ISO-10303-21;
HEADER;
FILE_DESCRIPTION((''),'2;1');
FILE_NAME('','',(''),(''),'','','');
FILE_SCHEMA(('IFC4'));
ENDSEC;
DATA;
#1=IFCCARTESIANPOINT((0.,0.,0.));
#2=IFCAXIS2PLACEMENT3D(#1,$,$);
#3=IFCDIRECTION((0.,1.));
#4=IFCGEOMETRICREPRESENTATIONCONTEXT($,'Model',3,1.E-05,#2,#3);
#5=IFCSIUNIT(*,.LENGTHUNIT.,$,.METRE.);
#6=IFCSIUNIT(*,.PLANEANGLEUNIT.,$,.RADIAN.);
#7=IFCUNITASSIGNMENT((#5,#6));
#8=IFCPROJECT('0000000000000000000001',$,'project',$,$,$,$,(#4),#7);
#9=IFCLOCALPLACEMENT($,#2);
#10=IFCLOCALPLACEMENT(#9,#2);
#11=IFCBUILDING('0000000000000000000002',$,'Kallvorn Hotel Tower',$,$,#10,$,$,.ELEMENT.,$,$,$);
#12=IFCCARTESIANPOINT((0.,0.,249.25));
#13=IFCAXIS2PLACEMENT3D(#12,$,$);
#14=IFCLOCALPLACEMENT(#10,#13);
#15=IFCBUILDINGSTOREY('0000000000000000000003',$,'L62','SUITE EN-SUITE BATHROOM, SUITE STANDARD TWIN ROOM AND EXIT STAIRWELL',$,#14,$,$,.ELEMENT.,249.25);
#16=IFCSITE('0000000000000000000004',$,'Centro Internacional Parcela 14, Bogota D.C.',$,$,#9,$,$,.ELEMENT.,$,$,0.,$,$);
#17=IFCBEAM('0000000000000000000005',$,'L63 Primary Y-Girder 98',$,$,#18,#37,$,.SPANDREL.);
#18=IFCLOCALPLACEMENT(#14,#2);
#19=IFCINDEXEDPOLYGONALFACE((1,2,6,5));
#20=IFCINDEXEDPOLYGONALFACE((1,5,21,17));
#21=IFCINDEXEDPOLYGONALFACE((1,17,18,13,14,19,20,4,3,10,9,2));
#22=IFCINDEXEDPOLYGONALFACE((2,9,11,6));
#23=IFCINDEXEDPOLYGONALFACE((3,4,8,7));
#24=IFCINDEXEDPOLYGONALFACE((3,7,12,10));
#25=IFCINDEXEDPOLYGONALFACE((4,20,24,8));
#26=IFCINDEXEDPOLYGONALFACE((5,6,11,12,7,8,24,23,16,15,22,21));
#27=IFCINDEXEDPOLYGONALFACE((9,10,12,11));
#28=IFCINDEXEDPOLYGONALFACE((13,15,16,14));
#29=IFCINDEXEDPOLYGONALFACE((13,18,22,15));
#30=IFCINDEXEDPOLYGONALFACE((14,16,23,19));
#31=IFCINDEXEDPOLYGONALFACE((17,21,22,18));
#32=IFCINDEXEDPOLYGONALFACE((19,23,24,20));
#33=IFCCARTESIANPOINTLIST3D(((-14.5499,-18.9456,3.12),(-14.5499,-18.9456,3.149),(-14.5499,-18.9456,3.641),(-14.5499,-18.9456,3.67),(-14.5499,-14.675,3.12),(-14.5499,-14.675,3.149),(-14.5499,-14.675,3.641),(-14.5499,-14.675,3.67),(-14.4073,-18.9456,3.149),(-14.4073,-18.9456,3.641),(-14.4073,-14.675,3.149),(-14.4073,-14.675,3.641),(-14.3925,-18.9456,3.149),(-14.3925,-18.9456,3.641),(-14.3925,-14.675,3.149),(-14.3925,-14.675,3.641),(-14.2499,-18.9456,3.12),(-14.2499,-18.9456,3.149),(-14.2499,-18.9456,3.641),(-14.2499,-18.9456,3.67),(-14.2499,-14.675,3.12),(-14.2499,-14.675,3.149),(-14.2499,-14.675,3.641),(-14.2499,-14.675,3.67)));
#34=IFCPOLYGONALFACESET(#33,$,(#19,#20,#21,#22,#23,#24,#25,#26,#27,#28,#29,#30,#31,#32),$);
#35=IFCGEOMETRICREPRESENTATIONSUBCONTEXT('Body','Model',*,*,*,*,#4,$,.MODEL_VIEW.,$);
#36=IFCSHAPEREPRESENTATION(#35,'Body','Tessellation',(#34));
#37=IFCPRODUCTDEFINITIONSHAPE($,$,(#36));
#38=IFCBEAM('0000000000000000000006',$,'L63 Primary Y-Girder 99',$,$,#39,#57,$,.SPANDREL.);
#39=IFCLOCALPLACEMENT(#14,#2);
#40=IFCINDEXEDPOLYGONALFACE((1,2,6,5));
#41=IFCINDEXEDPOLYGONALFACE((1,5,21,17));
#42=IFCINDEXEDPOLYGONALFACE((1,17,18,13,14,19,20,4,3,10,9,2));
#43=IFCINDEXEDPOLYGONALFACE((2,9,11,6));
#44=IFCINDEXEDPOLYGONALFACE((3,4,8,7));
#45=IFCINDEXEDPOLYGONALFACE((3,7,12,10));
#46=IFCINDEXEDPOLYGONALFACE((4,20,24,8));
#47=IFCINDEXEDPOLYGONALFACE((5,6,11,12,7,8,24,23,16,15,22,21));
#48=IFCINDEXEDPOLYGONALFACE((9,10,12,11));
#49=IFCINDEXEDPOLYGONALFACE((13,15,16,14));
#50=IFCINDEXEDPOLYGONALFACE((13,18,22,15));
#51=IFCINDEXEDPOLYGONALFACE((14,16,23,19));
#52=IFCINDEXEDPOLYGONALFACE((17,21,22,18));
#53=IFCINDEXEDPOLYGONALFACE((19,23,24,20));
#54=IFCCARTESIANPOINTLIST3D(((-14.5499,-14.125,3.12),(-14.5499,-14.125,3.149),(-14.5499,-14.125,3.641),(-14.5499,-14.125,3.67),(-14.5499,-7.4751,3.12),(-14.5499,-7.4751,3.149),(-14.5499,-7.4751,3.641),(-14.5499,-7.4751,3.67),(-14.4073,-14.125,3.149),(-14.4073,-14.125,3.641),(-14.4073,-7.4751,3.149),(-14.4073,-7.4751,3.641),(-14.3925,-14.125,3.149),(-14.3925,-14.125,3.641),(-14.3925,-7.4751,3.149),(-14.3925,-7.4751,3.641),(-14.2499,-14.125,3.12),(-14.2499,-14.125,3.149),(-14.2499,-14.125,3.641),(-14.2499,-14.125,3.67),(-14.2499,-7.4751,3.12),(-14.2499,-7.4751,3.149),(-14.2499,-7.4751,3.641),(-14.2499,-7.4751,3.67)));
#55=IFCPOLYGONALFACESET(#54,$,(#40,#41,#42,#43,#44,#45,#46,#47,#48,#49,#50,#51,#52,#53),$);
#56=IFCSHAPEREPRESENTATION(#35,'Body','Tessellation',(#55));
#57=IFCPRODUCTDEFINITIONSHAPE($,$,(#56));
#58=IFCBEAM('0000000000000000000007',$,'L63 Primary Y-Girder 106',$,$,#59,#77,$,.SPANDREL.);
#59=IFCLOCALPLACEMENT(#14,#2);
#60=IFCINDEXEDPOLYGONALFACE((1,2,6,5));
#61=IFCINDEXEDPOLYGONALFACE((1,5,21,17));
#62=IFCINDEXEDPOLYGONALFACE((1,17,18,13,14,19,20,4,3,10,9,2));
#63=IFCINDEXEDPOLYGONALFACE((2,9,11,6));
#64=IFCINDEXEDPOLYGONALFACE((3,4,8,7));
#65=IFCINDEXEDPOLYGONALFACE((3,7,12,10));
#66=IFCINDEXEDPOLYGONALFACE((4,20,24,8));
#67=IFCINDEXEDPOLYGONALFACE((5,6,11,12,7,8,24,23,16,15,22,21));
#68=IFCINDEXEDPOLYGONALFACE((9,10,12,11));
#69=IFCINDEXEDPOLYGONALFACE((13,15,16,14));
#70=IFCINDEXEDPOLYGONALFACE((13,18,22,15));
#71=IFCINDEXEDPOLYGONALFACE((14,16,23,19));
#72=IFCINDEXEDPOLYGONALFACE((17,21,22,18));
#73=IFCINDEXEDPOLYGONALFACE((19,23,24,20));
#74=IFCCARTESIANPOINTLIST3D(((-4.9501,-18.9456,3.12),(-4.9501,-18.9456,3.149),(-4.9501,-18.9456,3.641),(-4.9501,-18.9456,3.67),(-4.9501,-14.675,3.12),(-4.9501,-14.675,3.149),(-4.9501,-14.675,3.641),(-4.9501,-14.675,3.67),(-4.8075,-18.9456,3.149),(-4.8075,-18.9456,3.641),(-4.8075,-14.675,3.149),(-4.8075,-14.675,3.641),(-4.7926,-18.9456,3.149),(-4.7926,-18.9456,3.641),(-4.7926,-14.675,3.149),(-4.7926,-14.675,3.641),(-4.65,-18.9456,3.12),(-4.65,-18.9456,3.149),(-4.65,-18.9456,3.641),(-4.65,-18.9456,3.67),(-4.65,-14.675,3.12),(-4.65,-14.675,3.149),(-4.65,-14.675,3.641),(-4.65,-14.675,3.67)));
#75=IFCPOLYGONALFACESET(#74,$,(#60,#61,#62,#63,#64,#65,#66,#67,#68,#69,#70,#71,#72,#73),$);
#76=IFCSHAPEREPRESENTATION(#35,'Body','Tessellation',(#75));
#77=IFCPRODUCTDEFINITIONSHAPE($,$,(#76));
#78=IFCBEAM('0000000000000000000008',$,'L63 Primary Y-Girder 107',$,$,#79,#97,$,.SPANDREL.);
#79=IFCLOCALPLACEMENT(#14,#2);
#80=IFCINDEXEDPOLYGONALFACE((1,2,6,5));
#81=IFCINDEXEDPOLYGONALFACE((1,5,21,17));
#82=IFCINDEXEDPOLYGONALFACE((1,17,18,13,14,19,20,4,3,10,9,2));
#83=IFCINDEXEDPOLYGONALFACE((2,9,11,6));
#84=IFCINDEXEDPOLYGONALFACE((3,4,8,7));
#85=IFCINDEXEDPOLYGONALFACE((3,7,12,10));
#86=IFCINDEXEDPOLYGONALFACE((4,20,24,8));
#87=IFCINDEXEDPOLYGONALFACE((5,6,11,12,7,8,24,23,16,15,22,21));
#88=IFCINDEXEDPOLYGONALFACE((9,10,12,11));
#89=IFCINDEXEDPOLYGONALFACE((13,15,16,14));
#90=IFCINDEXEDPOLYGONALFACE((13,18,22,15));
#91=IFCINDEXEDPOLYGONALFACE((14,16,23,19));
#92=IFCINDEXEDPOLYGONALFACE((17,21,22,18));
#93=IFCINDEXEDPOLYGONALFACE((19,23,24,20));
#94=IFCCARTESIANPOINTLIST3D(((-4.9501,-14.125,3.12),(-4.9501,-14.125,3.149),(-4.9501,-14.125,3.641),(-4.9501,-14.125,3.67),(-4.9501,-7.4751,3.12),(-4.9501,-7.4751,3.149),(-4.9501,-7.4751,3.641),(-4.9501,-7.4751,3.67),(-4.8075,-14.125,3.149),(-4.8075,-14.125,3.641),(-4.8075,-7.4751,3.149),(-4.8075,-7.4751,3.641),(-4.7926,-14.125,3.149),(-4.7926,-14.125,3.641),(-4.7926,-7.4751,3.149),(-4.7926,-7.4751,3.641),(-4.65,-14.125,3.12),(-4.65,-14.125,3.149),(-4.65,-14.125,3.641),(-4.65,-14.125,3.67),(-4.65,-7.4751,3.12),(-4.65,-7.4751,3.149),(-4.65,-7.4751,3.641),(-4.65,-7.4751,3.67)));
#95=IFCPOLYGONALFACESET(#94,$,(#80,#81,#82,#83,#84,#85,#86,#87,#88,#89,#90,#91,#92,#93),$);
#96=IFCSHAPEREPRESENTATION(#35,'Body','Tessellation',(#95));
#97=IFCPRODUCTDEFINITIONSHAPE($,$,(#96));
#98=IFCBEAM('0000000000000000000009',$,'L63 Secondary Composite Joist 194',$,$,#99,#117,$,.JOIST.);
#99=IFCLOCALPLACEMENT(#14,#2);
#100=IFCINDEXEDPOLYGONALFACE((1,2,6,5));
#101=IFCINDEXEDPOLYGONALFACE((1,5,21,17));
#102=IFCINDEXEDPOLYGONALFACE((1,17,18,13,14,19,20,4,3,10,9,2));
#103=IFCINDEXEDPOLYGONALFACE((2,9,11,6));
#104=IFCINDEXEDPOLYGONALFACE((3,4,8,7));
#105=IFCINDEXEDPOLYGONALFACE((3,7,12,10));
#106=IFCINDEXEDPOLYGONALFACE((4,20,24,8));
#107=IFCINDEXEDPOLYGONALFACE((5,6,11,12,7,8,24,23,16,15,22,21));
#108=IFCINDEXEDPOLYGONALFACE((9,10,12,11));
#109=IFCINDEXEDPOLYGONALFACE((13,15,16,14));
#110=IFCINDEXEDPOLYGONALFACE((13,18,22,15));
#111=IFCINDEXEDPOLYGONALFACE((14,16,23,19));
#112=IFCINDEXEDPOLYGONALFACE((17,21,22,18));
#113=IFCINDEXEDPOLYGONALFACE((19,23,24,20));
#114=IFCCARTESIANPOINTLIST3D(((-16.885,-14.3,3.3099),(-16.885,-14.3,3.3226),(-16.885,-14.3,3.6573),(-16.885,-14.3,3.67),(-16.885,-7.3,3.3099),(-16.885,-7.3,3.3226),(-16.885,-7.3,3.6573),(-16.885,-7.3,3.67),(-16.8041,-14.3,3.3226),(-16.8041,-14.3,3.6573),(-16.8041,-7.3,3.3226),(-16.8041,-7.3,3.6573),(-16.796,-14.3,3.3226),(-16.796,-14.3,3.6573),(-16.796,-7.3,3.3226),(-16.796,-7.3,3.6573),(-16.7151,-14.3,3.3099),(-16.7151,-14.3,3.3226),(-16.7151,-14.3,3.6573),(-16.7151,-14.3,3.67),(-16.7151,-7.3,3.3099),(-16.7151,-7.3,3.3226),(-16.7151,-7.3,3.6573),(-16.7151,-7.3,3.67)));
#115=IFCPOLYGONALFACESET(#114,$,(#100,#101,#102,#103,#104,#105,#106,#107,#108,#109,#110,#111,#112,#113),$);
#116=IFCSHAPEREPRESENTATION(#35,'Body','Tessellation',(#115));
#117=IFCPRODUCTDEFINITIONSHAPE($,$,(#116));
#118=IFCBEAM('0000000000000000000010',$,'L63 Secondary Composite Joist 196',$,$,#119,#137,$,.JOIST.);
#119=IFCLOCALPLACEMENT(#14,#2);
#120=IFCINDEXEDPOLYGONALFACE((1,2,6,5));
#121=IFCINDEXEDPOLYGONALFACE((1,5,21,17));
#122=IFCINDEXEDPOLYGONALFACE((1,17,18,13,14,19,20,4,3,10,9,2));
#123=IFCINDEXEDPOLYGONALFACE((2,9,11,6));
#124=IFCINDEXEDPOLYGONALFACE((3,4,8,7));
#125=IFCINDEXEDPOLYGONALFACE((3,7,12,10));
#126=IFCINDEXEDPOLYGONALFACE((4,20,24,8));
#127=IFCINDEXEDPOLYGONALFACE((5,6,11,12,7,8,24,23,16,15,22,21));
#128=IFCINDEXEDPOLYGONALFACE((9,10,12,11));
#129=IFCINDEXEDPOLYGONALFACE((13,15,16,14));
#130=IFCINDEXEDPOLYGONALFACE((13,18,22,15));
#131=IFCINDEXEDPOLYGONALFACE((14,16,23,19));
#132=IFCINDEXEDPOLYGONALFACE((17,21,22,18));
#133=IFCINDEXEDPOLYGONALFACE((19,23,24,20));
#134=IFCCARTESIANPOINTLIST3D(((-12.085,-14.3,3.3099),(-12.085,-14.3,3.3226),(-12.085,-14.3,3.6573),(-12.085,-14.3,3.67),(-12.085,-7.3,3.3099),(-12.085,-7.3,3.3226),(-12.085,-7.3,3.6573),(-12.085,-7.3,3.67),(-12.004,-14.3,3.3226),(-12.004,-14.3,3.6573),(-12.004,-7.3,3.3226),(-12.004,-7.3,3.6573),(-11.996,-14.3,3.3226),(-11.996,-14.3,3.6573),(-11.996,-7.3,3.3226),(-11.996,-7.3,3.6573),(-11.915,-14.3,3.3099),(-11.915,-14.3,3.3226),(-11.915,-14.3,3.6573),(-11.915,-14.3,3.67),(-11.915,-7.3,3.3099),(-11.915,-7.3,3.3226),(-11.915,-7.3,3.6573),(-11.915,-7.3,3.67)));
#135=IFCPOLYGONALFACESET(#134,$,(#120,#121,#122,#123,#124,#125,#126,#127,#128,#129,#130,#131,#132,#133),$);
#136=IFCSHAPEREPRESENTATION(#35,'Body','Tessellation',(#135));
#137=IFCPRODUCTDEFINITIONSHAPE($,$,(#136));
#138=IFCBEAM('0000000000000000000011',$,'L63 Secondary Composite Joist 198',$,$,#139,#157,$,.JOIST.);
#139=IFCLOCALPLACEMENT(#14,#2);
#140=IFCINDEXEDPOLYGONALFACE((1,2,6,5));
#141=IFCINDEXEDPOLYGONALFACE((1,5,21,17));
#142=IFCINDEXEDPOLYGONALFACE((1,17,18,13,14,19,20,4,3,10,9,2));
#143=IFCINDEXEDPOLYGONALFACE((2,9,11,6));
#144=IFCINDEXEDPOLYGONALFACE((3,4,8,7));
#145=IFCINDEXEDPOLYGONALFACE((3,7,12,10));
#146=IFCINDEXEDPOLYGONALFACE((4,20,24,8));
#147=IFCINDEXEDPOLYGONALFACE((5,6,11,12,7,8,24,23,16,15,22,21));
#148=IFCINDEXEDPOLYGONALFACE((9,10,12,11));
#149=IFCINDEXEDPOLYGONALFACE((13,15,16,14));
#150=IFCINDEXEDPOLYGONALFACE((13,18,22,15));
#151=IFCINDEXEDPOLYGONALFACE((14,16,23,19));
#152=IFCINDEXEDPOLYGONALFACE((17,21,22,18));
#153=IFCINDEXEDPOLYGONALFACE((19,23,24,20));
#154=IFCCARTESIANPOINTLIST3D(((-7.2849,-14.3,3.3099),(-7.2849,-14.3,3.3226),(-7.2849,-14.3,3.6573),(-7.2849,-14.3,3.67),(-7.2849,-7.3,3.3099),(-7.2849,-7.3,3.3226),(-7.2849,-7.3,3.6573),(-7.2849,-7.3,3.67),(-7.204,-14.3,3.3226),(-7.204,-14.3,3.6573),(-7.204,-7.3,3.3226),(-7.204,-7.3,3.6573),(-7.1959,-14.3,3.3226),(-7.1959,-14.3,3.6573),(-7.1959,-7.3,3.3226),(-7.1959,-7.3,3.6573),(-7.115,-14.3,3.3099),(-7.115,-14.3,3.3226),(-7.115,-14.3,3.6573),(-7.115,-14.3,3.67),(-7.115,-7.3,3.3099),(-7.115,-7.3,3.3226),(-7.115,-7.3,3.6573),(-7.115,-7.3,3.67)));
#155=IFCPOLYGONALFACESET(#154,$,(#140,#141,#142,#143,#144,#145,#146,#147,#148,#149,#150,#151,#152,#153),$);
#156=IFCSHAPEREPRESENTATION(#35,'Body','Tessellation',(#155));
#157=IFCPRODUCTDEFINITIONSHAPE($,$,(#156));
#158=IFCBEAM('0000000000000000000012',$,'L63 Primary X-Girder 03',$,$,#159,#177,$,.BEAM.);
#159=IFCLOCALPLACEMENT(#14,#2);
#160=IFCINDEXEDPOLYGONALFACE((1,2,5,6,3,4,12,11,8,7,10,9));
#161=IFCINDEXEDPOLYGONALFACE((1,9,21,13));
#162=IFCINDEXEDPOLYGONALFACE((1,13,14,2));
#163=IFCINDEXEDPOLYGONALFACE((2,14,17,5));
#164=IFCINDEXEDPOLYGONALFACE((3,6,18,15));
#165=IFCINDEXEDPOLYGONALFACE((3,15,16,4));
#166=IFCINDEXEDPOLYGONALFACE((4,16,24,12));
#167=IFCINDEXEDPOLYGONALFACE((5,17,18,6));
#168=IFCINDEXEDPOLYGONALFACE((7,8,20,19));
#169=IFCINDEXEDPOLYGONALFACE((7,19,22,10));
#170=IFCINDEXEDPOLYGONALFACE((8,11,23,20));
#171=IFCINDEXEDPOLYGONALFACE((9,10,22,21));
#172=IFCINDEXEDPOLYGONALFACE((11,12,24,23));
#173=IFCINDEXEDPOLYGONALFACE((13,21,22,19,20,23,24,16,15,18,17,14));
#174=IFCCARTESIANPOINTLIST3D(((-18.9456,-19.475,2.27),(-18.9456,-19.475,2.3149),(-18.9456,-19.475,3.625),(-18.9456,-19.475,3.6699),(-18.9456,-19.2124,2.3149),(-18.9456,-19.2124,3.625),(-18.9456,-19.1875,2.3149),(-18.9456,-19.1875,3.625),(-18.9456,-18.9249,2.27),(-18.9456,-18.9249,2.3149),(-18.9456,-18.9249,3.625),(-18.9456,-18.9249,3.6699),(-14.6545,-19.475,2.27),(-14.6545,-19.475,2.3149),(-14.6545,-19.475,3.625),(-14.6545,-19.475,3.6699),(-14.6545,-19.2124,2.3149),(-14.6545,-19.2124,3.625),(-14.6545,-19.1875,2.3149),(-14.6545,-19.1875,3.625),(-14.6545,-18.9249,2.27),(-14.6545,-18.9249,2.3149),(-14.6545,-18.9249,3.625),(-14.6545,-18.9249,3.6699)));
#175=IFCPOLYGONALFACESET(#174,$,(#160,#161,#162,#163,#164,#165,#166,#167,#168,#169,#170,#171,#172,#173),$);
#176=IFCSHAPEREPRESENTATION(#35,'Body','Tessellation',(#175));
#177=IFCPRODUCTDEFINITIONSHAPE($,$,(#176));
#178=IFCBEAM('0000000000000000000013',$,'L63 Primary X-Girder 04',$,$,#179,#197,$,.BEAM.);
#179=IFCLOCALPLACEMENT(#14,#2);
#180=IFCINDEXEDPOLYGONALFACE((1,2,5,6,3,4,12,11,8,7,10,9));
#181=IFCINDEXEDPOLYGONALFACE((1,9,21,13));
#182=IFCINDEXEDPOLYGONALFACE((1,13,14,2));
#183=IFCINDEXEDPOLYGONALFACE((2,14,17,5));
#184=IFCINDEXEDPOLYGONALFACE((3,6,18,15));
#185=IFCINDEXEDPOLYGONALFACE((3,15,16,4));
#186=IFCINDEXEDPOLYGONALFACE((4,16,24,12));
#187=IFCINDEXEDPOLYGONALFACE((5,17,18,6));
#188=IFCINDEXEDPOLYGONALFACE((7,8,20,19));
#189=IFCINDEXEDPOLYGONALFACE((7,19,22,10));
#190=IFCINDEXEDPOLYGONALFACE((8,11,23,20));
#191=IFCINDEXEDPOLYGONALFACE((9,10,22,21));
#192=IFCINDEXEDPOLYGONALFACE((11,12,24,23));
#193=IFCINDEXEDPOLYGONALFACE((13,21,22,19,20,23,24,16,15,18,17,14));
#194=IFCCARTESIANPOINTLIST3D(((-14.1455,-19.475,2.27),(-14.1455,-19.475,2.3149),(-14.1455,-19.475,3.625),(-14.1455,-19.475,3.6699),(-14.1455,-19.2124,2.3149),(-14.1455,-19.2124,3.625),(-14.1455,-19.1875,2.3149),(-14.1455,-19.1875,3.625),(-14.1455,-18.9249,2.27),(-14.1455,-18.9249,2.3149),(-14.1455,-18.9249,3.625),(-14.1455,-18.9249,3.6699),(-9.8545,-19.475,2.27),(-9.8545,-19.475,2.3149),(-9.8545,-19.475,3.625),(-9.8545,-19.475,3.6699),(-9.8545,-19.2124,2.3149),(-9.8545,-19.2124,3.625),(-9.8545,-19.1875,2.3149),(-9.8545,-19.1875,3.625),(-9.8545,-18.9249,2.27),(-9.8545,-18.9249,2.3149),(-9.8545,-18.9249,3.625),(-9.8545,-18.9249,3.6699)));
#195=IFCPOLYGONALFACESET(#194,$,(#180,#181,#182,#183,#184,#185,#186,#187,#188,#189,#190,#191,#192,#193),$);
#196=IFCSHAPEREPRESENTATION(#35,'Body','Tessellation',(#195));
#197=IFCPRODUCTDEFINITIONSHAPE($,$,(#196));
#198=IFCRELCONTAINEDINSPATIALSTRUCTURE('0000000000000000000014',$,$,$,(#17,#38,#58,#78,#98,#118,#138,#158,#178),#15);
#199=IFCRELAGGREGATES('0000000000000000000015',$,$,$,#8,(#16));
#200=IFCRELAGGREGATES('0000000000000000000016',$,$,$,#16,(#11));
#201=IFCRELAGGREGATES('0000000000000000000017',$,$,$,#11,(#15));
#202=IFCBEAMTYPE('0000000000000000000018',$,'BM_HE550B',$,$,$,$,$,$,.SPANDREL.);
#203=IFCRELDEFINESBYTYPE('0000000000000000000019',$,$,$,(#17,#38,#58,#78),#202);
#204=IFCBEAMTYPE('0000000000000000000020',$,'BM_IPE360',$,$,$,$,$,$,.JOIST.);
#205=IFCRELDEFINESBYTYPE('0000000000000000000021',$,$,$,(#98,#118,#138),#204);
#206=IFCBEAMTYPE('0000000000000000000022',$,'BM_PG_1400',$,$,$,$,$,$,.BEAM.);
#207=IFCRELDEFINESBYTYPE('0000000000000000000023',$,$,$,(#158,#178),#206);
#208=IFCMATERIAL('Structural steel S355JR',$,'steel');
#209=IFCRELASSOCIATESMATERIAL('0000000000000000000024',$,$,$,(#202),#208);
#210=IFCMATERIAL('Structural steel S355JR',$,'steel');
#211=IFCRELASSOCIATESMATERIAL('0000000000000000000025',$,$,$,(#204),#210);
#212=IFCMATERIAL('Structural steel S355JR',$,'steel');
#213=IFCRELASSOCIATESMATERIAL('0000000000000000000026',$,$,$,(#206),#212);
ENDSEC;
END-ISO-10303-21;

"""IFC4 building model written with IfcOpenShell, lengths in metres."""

from ifc_helpers import new_model, si_unit, direction, frame, origin, origin_2d, place, context, subcontext, project, spatial, i_section, extrude, material, material_profile, profile_set, type_object, element, save


model = new_model("IFC4")

# Units and contexts
model_context = context("Model", 3, precision=1e-05, world=origin(), true_north=direction((0.0, 1.0)))
body_context = subcontext(model_context, "Body", "Model", "MODEL_VIEW")
ifc_project = project(units=[si_unit("LENGTHUNIT", "METRE"), si_unit("PLANEANGLEUNIT", "RADIAN")], contexts=[model_context])

# Site, building, storey
site_placement = place(None, origin())
site = spatial("IfcSite", under=ifc_project, at=site_placement, Name="Centro Internacional Parcela 14, Bogota D.C.", CompositionType="ELEMENT", RefElevation=0.0)
building_placement = place(site_placement, origin())
building = spatial("IfcBuilding", under=site, at=building_placement, Name="Kallvorn Hotel Tower", CompositionType="ELEMENT")
storey_placement = place(building_placement, frame((0.0, 0.0, 249.25)))
storey = spatial("IfcBuildingStorey", under=building, at=storey_placement, Name="L62", Description="SUITE EN-SUITE BATHROOM, SUITE STANDARD TWIN ROOM AND EXIT STAIRWELL", CompositionType="ELEMENT", Elevation=249.25)

# Beams
ifc_material_1 = material(Name="Structural steel S355JR", Category="steel")
ifc_material_profile_1 = material_profile(ifc_material_1, i_section(OverallWidth=0.3, OverallDepth=0.55, WebThickness=0.0149, FlangeThickness=0.0291, at=origin_2d()), Name="HE 550 B")
ifc_profile_set_1 = profile_set([ifc_material_profile_1], Name="Structural steel S355JR")
beam_type_1 = type_object("IfcBeamType", Name="BM_HE550B", PredefinedType="SPANDREL", material=ifc_profile_set_1)
beam_1_placement = place(storey_placement, frame((-14.3999, -18.9456, 3.395), z_axis=(0.0, 1.0, 0.0), x_axis=(-1.0, 0.0, 0.0)))
element("IfcBeam", 1, at=beam_1_placement, inside=storey, type_object=beam_type_1, Name="L63 Primary Y-Girder 98", PredefinedType="SPANDREL", context=body_context, shape_type="SweptSolid", body=[
    extrude(i_section(OverallWidth=0.3, OverallDepth=0.55, WebThickness=0.0149, FlangeThickness=0.0291, at=origin_2d()), origin(), (0.0, 0.0, 1.0), 4.2705),
])
beam_2_placement = place(storey_placement, frame((-14.3999, -14.125, 3.395), z_axis=(0.0, 1.0, 0.0), x_axis=(-1.0, 0.0, 0.0)))
element("IfcBeam", 2, at=beam_2_placement, inside=storey, type_object=beam_type_1, Name="L63 Primary Y-Girder 99", PredefinedType="SPANDREL", context=body_context, shape_type="SweptSolid", body=[
    extrude(i_section(OverallWidth=0.3, OverallDepth=0.55, WebThickness=0.0149, FlangeThickness=0.0291, at=origin_2d()), origin(), (0.0, 0.0, 1.0), 6.6499),
])
beam_3_placement = place(storey_placement, frame((-4.8, -18.9456, 3.395), z_axis=(0.0, 1.0, 0.0), x_axis=(-1.0, 0.0, 0.0)))
element("IfcBeam", 3, at=beam_3_placement, inside=storey, type_object=beam_type_1, Name="L63 Primary Y-Girder 106", PredefinedType="SPANDREL", context=body_context, shape_type="SweptSolid", body=[
    extrude(i_section(OverallWidth=0.3, OverallDepth=0.55, WebThickness=0.0149, FlangeThickness=0.0291, at=origin_2d()), origin(), (0.0, 0.0, 1.0), 4.2705),
])
beam_4_placement = place(storey_placement, frame((-4.8, -14.125, 3.395), z_axis=(0.0, 1.0, 0.0), x_axis=(-1.0, 0.0, 0.0)))
element("IfcBeam", 4, at=beam_4_placement, inside=storey, type_object=beam_type_1, Name="L63 Primary Y-Girder 107", PredefinedType="SPANDREL", context=body_context, shape_type="SweptSolid", body=[
    extrude(i_section(OverallWidth=0.3, OverallDepth=0.55, WebThickness=0.0149, FlangeThickness=0.0291, at=origin_2d()), origin(), (0.0, 0.0, 1.0), 6.6499),
])
ifc_material_2 = material(Name="Structural steel S355JR", Category="steel")
ifc_material_profile_2 = material_profile(ifc_material_2, i_section(OverallWidth=0.1699, OverallDepth=0.3601, WebThickness=0.0081, FlangeThickness=0.0127, at=origin_2d()), Name="IPE 360")
ifc_profile_set_2 = profile_set([ifc_material_profile_2], Name="Structural steel S355JR")
beam_type_2 = type_object("IfcBeamType", Name="BM_IPE360", PredefinedType="JOIST", material=ifc_profile_set_2)
for number, where, z_axis, x_axis, name in (
    (5, (-16.8, -14.3, 3.49), (0.0, 1.0, 0.0), (-1.0, 0.0, 0.0), "L63 Secondary Composite Joist 194"),
    (6, (-12.0, -14.3, 3.49), (0.0, 1.0, 0.0), (-1.0, 0.0, 0.0), "L63 Secondary Composite Joist 196"),
    (7, (-7.2, -14.3, 3.49), (0.0, 1.0, 0.0), (-1.0, 0.0, 0.0), "L63 Secondary Composite Joist 198"),
):
    element("IfcBeam", number, at=place(storey_placement, frame(where, z_axis=z_axis, x_axis=x_axis)), inside=storey, type_object=beam_type_2, Name=name, PredefinedType="JOIST", context=body_context, shape_type="SweptSolid", body=[
        extrude(i_section(OverallWidth=0.1699, OverallDepth=0.3601, WebThickness=0.0081, FlangeThickness=0.0127, at=origin_2d()), origin(), (0.0, 0.0, 1.0), 7.0),
    ])
ifc_material_3 = material(Name="Structural steel S355JR", Category="steel")
ifc_material_profile_3 = material_profile(ifc_material_3, i_section(OverallWidth=0.55, OverallDepth=1.3999, WebThickness=0.0249, FlangeThickness=0.0449, at=origin_2d()), Name="PG 1400x550x25x45")
ifc_profile_set_3 = profile_set([ifc_material_profile_3], Name="Structural steel S355JR")
beam_type_3 = type_object("IfcBeamType", Name="BM_PG_1400", PredefinedType="BEAM", material=ifc_profile_set_3)
for number, where, z_axis, x_axis, name in (
    (8, (-18.9456, -19.2, 2.97), (1.0, 0.0, 0.0), (0.0, 1.0, 0.0), "L63 Primary X-Girder 03"),
    (9, (-14.1455, -19.2, 2.97), (1.0, 0.0, 0.0), (0.0, 1.0, 0.0), "L63 Primary X-Girder 04"),
):
    element("IfcBeam", number, at=place(storey_placement, frame(where, z_axis=z_axis, x_axis=x_axis)), inside=storey, type_object=beam_type_3, Name=name, PredefinedType="BEAM", context=body_context, shape_type="SweptSolid", body=[
        extrude(i_section(OverallWidth=0.55, OverallDepth=1.3999, WebThickness=0.0249, FlangeThickness=0.0449, at=origin_2d()), origin(), (0.0, 0.0, 1.0), 4.291),
    ])

save(model, "model.ifc")
